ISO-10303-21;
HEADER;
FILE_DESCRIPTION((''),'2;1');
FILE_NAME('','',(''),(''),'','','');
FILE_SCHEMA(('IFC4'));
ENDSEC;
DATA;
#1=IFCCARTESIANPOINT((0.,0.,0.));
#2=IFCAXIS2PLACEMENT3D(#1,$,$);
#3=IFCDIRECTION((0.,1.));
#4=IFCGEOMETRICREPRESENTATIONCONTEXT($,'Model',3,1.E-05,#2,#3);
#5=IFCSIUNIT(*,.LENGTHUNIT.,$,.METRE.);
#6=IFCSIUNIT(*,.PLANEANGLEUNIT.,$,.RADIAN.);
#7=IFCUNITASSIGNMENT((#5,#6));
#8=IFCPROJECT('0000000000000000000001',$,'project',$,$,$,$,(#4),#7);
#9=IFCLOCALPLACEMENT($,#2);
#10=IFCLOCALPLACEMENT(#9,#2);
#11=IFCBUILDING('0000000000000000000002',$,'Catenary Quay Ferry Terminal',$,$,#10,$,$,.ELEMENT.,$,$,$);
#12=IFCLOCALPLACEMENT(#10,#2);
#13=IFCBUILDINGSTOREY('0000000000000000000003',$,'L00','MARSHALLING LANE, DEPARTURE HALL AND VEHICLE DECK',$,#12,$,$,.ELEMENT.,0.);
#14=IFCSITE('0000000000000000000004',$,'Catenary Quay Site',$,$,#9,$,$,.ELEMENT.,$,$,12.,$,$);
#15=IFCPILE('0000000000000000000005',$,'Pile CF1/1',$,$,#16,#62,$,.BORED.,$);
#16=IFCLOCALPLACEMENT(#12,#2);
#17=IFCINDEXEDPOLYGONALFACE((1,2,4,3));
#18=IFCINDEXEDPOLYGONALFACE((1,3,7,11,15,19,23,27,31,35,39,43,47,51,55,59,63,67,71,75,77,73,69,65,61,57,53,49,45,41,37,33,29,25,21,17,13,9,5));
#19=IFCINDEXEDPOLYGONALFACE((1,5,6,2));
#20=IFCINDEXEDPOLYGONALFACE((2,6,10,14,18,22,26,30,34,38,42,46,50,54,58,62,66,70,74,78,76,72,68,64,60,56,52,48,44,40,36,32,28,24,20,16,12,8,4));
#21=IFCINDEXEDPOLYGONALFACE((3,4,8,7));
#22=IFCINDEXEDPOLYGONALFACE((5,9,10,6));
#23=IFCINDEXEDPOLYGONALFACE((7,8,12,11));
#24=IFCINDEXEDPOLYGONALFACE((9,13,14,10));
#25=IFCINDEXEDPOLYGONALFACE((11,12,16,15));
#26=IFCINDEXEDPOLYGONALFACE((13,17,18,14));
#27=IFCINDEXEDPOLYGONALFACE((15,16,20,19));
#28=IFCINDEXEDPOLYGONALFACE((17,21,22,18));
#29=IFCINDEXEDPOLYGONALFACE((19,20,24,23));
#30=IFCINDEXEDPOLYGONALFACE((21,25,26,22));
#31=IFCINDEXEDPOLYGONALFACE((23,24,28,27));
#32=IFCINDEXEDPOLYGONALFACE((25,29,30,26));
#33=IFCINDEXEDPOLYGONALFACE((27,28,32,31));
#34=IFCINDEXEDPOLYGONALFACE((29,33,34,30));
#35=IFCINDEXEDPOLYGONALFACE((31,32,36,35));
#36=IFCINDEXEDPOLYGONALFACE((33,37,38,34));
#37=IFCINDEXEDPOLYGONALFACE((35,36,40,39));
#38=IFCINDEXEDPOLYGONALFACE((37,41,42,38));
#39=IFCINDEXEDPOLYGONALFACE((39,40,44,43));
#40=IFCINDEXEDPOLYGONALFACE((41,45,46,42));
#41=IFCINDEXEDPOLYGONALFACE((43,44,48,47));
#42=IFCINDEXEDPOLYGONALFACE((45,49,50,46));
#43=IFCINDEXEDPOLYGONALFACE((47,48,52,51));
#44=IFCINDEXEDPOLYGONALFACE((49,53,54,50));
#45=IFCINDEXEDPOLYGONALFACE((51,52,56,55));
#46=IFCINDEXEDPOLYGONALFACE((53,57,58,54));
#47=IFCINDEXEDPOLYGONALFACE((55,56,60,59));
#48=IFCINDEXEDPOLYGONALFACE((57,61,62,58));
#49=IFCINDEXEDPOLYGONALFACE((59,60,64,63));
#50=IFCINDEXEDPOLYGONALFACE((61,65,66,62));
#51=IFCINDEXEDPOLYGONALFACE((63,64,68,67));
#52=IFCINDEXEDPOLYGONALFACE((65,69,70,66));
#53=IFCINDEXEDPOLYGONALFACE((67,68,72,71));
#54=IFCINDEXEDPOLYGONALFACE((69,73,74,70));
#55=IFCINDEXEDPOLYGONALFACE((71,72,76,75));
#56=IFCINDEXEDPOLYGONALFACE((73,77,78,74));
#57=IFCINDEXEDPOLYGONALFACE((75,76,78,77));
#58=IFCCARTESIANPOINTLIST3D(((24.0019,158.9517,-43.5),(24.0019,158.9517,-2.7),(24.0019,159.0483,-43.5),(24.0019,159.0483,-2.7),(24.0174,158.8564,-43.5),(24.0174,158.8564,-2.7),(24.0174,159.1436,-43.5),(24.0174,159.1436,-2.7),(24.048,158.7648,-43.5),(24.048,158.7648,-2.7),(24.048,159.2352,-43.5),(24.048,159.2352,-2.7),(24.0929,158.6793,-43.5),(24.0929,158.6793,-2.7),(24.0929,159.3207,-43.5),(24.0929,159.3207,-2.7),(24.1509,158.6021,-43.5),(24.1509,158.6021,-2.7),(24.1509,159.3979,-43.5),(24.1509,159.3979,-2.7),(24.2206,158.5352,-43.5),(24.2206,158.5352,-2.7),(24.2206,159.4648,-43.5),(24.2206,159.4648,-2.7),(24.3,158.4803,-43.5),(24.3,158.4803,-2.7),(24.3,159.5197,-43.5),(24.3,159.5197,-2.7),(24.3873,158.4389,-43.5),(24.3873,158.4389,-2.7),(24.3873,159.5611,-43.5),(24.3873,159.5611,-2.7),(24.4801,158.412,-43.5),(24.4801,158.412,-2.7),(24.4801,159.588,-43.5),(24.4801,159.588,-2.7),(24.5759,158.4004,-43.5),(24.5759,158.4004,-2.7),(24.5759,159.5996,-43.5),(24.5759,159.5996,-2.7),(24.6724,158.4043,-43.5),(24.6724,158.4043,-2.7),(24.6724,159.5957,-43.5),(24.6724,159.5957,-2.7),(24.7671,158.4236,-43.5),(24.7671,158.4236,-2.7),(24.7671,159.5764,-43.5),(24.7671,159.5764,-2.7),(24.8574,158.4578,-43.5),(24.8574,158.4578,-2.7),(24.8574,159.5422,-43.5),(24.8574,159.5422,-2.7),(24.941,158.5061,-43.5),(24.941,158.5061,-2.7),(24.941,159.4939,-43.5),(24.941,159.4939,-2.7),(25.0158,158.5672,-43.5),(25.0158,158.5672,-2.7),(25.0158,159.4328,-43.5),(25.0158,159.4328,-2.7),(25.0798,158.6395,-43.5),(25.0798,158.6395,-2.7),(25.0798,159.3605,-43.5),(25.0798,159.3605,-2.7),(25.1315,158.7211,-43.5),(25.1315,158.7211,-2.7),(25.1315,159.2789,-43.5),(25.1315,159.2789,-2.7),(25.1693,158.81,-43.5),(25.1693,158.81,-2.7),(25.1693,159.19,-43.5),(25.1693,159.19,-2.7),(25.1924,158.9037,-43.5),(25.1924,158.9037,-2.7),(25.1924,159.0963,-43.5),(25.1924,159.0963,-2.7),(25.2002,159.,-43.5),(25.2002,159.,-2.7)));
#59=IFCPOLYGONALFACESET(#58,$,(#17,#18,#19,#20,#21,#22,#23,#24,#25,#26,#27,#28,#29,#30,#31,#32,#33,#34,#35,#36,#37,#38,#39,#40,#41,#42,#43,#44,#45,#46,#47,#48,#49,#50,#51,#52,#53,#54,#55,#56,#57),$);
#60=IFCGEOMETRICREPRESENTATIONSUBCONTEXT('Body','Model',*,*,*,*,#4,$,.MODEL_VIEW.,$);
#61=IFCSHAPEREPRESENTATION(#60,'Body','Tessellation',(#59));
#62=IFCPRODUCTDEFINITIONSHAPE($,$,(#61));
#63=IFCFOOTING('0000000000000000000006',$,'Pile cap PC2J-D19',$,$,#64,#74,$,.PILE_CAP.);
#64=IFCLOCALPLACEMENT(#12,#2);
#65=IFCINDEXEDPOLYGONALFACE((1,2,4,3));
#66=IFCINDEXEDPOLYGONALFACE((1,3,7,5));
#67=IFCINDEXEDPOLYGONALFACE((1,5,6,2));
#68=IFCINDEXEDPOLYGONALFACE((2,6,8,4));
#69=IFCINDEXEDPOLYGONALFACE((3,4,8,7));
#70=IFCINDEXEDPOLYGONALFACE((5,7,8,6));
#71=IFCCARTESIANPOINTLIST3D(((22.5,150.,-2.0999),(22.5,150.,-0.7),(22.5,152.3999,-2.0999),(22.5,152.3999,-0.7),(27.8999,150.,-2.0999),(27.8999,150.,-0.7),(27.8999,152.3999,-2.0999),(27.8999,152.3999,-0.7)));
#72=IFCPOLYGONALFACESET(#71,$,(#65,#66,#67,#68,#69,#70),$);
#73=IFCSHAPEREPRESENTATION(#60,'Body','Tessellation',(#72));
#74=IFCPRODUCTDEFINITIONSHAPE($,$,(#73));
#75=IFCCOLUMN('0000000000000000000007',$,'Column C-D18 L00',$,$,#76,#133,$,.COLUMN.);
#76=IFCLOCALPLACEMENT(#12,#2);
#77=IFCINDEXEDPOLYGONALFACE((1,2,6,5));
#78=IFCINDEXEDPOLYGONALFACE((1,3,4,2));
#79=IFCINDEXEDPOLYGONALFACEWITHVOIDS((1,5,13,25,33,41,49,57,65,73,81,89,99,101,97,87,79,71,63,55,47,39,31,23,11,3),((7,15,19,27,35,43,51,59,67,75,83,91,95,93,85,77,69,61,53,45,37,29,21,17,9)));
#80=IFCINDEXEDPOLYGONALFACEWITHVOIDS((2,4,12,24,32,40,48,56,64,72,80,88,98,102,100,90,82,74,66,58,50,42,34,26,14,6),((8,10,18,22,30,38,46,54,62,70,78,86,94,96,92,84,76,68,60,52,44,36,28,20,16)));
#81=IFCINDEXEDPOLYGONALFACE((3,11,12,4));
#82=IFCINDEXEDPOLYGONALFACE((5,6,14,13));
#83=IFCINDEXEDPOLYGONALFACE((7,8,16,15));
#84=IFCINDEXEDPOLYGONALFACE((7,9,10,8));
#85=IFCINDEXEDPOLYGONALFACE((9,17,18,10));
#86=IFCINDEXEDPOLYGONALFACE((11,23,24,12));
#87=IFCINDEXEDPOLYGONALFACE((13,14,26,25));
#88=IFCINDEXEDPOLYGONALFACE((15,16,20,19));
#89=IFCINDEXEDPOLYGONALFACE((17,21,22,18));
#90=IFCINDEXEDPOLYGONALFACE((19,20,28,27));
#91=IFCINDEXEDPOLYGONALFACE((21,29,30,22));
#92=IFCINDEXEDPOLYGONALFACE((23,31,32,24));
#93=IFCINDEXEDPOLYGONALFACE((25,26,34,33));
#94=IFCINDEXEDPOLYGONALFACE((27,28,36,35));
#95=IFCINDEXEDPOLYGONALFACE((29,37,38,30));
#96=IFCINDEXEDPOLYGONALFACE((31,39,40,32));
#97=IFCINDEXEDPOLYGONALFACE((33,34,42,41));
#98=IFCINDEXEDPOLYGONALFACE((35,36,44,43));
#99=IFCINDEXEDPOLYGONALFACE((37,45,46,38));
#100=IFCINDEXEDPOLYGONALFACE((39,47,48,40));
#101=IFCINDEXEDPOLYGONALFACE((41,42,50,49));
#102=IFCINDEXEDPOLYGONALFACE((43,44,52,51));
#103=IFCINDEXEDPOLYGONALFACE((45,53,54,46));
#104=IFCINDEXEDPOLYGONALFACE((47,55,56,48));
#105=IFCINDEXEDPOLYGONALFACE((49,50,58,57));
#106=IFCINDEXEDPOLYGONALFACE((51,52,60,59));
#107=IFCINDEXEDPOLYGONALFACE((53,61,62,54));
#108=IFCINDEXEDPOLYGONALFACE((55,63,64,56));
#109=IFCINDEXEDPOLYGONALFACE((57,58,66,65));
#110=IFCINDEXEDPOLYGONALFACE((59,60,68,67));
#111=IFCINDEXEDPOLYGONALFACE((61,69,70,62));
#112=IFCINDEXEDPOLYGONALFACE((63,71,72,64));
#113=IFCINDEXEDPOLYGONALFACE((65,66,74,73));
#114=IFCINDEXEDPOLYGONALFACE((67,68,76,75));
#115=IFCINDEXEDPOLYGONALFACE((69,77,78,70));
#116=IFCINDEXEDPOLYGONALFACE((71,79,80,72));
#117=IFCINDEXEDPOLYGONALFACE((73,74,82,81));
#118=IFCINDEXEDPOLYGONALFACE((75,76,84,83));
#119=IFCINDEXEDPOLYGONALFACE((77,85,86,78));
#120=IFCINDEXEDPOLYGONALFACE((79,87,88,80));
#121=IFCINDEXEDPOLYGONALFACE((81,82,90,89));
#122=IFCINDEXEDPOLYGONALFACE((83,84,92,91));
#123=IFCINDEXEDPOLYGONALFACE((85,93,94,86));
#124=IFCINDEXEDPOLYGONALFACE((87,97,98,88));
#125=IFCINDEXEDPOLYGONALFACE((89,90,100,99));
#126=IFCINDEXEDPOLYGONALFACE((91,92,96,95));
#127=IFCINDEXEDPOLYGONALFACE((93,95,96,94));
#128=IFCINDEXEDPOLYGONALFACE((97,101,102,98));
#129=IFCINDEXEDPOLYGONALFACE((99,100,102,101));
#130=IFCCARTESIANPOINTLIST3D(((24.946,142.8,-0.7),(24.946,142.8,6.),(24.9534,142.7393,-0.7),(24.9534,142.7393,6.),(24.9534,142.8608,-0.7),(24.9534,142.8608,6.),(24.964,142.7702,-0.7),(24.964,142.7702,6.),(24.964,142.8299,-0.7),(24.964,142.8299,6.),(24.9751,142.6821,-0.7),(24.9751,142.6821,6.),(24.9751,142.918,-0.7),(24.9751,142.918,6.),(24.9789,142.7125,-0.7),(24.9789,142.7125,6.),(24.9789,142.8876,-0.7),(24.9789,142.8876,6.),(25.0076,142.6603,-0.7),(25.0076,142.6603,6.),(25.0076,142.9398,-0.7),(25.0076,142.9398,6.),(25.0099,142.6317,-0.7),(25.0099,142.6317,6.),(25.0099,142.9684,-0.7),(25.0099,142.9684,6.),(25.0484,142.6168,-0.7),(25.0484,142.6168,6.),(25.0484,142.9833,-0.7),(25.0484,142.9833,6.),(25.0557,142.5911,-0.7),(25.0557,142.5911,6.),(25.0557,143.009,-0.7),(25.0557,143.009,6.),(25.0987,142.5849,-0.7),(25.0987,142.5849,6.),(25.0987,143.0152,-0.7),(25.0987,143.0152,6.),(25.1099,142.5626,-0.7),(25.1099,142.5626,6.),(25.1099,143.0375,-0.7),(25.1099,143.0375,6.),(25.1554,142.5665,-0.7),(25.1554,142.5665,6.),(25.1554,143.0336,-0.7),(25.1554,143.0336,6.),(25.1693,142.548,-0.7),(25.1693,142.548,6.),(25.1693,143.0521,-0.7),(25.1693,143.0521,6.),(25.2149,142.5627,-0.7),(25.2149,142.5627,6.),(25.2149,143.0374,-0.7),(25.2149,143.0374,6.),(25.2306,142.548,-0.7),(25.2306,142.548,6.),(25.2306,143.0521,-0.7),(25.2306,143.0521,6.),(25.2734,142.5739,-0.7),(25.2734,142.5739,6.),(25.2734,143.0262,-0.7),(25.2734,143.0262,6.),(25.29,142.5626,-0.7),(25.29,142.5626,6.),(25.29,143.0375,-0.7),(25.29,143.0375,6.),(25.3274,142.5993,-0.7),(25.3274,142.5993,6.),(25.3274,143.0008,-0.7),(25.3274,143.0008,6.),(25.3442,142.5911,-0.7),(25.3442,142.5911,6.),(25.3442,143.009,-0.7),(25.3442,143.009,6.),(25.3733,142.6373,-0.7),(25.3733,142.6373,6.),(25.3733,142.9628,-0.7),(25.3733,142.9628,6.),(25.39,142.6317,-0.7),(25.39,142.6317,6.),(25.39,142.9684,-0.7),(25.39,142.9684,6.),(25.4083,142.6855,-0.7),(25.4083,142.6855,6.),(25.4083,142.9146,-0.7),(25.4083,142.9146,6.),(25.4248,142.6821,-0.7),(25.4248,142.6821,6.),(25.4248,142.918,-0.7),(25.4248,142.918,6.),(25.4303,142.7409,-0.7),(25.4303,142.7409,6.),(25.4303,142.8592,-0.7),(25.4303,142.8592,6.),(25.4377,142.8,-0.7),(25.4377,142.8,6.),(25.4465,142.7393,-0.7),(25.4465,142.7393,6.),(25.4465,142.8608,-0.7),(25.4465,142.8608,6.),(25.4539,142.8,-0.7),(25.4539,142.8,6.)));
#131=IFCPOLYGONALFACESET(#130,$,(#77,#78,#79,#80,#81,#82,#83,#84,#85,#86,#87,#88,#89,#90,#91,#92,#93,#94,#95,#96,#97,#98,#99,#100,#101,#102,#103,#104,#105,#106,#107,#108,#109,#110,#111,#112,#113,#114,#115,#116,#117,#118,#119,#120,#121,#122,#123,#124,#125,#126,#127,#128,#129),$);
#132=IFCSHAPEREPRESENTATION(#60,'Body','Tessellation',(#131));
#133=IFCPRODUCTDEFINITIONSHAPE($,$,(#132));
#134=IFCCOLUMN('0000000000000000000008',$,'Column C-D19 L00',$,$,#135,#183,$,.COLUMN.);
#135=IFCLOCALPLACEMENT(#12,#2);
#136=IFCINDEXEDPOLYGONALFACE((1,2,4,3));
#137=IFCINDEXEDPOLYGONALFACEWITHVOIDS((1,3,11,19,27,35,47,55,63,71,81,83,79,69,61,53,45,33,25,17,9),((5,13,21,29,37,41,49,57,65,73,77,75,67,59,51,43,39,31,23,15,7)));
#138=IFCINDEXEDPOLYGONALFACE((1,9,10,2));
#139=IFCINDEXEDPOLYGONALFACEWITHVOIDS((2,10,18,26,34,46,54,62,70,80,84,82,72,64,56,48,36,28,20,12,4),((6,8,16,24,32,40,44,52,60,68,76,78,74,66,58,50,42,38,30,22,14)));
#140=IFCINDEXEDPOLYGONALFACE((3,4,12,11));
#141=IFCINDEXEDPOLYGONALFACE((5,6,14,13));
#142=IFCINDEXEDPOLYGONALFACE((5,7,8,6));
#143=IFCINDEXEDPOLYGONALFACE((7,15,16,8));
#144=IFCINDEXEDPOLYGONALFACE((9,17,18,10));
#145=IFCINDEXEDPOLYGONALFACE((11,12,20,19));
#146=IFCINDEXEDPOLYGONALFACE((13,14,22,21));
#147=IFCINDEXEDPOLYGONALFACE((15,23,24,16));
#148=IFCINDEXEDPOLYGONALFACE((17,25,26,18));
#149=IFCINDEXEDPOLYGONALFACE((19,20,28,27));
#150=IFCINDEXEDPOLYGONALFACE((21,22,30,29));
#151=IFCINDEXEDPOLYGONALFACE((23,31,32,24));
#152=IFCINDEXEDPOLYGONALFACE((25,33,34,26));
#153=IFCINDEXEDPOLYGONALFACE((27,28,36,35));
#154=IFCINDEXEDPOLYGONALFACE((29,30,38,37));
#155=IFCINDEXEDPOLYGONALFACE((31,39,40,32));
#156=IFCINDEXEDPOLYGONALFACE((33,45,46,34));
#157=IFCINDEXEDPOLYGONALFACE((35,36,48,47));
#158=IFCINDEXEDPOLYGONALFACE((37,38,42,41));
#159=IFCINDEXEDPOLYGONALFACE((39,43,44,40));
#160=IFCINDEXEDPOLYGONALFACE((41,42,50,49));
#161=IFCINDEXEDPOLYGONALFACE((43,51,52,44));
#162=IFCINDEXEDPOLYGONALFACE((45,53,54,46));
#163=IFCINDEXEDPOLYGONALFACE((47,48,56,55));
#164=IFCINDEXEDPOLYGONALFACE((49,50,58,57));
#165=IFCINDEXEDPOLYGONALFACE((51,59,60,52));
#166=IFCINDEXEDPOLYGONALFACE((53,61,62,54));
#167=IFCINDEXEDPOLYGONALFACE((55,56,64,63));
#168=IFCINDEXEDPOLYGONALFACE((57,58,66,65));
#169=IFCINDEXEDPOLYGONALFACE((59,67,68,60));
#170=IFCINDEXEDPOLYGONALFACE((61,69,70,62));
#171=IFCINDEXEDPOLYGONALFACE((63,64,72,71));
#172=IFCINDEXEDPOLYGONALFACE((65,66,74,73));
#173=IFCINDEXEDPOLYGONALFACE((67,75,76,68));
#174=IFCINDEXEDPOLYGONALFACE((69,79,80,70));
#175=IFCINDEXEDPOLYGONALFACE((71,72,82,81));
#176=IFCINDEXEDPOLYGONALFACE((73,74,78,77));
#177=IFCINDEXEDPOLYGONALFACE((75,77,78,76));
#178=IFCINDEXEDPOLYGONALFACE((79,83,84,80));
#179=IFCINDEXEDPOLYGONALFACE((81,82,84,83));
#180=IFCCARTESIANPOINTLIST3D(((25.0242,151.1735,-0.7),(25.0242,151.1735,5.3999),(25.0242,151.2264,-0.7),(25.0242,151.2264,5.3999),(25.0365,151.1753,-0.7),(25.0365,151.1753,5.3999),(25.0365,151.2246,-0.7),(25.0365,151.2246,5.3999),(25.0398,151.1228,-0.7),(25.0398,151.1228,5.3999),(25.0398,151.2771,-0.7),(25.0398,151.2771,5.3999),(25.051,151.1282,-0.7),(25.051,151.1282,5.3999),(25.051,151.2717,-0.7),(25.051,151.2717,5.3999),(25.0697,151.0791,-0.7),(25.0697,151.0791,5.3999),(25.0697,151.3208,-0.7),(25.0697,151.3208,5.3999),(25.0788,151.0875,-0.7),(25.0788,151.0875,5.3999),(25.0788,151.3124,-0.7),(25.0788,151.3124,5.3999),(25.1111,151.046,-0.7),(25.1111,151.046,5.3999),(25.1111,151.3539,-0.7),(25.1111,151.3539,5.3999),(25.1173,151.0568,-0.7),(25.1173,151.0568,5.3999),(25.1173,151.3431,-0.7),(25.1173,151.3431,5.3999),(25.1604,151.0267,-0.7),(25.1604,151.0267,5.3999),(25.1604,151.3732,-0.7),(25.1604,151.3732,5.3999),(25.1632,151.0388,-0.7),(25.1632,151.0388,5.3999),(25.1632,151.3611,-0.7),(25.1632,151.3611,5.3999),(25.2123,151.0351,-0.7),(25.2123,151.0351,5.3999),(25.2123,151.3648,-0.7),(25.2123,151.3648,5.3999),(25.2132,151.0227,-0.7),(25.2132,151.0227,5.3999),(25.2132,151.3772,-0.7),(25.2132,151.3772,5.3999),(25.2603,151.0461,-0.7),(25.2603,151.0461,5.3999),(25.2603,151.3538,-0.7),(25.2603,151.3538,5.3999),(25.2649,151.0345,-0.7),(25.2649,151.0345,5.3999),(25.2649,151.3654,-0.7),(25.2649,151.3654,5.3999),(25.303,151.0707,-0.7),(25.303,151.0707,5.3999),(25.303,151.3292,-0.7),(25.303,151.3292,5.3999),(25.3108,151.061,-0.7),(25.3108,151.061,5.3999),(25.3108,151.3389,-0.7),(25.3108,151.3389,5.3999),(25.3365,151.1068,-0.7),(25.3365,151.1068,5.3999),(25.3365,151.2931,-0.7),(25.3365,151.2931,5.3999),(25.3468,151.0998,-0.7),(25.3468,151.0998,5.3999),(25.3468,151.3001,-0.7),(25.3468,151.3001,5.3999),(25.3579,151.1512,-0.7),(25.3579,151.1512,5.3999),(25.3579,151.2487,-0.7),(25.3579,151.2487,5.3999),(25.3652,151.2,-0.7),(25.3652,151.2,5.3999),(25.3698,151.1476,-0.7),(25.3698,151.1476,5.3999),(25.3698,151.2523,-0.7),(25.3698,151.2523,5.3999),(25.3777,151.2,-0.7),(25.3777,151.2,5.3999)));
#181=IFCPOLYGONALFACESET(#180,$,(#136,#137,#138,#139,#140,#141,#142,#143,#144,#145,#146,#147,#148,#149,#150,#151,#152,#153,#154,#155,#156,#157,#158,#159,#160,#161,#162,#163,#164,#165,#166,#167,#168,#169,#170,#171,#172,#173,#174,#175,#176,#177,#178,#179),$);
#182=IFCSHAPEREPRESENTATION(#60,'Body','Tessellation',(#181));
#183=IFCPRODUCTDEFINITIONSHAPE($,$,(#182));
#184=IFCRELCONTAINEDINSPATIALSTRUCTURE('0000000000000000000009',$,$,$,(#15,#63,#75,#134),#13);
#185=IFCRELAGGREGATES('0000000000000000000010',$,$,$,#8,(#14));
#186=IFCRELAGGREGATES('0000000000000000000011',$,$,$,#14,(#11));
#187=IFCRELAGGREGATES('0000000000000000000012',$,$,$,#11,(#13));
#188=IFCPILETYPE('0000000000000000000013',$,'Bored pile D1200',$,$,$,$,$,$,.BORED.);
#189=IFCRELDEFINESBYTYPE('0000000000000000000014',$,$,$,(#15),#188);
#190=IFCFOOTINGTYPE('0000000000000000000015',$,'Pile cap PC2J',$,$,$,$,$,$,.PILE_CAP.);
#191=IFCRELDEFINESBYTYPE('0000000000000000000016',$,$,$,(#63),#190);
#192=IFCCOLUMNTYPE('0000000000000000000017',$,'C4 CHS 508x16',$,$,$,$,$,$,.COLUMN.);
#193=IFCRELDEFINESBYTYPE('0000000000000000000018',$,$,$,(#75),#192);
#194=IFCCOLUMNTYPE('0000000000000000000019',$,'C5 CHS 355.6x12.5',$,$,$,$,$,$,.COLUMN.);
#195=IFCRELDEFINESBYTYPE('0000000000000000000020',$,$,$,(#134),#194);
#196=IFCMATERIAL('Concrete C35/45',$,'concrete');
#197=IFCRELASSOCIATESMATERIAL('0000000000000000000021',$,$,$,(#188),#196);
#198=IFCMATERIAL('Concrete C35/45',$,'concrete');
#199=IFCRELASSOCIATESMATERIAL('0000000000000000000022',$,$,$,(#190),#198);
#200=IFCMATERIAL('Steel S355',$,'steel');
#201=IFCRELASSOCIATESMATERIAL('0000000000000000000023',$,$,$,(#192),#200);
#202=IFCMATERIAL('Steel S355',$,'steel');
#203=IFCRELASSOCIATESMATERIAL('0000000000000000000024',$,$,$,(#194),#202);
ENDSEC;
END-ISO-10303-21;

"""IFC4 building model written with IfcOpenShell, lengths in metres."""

from ifc_helpers import new_model, si_unit, direction, frame, origin, origin_2d, place, context, subcontext, project, spatial, rectangle, circle, hollow_circle, extrude, material, material_profile, profile_set, type_object, element, save


model = new_model("IFC4")

# Units and contexts
model_context = context("Model", 3, precision=1e-05, world=origin(), true_north=direction((0.0, 1.0)))
body_context = subcontext(model_context, "Body", "Model", "MODEL_VIEW")
ifc_project = project(units=[si_unit("LENGTHUNIT", "METRE"), si_unit("PLANEANGLEUNIT", "RADIAN")], contexts=[model_context])

# Site, building, storey
site_placement = place(None, origin())
site = spatial("IfcSite", under=ifc_project, at=site_placement, Name="Catenary Quay Site", CompositionType="ELEMENT", RefElevation=12.0)
building_placement = place(site_placement, origin())
building = spatial("IfcBuilding", under=site, at=building_placement, Name="Catenary Quay Ferry Terminal", CompositionType="ELEMENT")
storey_placement = place(building_placement, origin())
storey = spatial("IfcBuildingStorey", under=building, at=storey_placement, Name="L00", Description="MARSHALLING LANE, DEPARTURE HALL AND VEHICLE DECK", CompositionType="ELEMENT", Elevation=0.0)

# Pile
ifc_material_1 = material(Name="Concrete C35/45", Category="concrete")
ifc_material_profile_1 = material_profile(ifc_material_1, circle(Radius=0.6001, at=origin_2d()), Name="D1200")
ifc_profile_set_1 = profile_set([ifc_material_profile_1], Name="Concrete C35/45")
pile_type = type_object("IfcPileType", Name="Bored pile D1200", PredefinedType="BORED", material=ifc_profile_set_1)
for number, where, z_axis, x_axis, name in (
    (1, (24.6001, 159.0, -2.7), (0.0, 0.0, -1.0), (1.0, 0.0, 0.0), "Pile CF1/1"),
):
    element("IfcPile", number, at=place(storey_placement, frame(where, z_axis=z_axis, x_axis=x_axis)), inside=storey, type_object=pile_type, Name=name, PredefinedType="BORED", context=body_context, shape_type="SweptSolid", body=[
        extrude(circle(Radius=0.6001, at=origin_2d()), origin(), (0.0, 0.0, 1.0), 40.8),
    ])

# Footing
ifc_material_2 = material(Name="Concrete C35/45", Category="concrete")
footing_type = type_object("IfcFootingType", Name="Pile cap PC2J", PredefinedType="PILE_CAP", material=ifc_material_2)
footing_placement = place(storey_placement, frame((25.2, 151.2, -2.0999), z_axis=(0.0, 0.0, 1.0), x_axis=(1.0, 0.0, 0.0)))
element("IfcFooting", 2, at=footing_placement, inside=storey, type_object=footing_type, Name="Pile cap PC2J-D19", PredefinedType="PILE_CAP", context=body_context, shape_type="SweptSolid", body=[
    extrude(rectangle(XDim=5.3999, YDim=2.3999, at=origin_2d()), origin(), (0.0, 0.0, 1.0), 1.3999),
])

# Columns
ifc_material_3 = material(Name="Steel S355", Category="steel")
ifc_material_profile_2 = material_profile(ifc_material_3, hollow_circle(Radius=0.2539, WallThickness=0.0161, at=origin_2d()), Name="CHS 508x16")
ifc_profile_set_2 = profile_set([ifc_material_profile_2], Name="Steel S355")
column_type_1 = type_object("IfcColumnType", Name="C4 CHS 508x16", PredefinedType="COLUMN", material=ifc_profile_set_2)
column_1_placement = place(storey_placement, frame((25.2, 142.8, -0.7), z_axis=(0.0, 0.0, 1.0), x_axis=(1.0, 0.0, 0.0)))
element("IfcColumn", 3, at=column_1_placement, inside=storey, type_object=column_type_1, Name="Column C-D18 L00", PredefinedType="COLUMN", context=body_context, shape_type="SweptSolid", body=[
    extrude(hollow_circle(Radius=0.2539, WallThickness=0.0161, at=origin_2d()), origin(), (0.0, 0.0, 1.0), 6.7),
])
ifc_material_4 = material(Name="Steel S355", Category="steel")
ifc_material_profile_3 = material_profile(ifc_material_4, hollow_circle(Radius=0.1777, WallThickness=0.0125, at=origin_2d()), Name="CHS 355.6x12.5")
ifc_profile_set_3 = profile_set([ifc_material_profile_3], Name="Steel S355")
column_type_2 = type_object("IfcColumnType", Name="C5 CHS 355.6x12.5", PredefinedType="COLUMN", material=ifc_profile_set_3)
column_2_placement = place(storey_placement, frame((25.2, 151.2, -0.7), z_axis=(0.0, 0.0, 1.0), x_axis=(1.0, 0.0, 0.0)))
element("IfcColumn", 4, at=column_2_placement, inside=storey, type_object=column_type_2, Name="Column C-D19 L00", PredefinedType="COLUMN", context=body_context, shape_type="SweptSolid", body=[
    extrude(hollow_circle(Radius=0.1777, WallThickness=0.0125, at=origin_2d()), origin(), (0.0, 0.0, 1.0), 6.0999),
])

save(model, "model.ifc")
